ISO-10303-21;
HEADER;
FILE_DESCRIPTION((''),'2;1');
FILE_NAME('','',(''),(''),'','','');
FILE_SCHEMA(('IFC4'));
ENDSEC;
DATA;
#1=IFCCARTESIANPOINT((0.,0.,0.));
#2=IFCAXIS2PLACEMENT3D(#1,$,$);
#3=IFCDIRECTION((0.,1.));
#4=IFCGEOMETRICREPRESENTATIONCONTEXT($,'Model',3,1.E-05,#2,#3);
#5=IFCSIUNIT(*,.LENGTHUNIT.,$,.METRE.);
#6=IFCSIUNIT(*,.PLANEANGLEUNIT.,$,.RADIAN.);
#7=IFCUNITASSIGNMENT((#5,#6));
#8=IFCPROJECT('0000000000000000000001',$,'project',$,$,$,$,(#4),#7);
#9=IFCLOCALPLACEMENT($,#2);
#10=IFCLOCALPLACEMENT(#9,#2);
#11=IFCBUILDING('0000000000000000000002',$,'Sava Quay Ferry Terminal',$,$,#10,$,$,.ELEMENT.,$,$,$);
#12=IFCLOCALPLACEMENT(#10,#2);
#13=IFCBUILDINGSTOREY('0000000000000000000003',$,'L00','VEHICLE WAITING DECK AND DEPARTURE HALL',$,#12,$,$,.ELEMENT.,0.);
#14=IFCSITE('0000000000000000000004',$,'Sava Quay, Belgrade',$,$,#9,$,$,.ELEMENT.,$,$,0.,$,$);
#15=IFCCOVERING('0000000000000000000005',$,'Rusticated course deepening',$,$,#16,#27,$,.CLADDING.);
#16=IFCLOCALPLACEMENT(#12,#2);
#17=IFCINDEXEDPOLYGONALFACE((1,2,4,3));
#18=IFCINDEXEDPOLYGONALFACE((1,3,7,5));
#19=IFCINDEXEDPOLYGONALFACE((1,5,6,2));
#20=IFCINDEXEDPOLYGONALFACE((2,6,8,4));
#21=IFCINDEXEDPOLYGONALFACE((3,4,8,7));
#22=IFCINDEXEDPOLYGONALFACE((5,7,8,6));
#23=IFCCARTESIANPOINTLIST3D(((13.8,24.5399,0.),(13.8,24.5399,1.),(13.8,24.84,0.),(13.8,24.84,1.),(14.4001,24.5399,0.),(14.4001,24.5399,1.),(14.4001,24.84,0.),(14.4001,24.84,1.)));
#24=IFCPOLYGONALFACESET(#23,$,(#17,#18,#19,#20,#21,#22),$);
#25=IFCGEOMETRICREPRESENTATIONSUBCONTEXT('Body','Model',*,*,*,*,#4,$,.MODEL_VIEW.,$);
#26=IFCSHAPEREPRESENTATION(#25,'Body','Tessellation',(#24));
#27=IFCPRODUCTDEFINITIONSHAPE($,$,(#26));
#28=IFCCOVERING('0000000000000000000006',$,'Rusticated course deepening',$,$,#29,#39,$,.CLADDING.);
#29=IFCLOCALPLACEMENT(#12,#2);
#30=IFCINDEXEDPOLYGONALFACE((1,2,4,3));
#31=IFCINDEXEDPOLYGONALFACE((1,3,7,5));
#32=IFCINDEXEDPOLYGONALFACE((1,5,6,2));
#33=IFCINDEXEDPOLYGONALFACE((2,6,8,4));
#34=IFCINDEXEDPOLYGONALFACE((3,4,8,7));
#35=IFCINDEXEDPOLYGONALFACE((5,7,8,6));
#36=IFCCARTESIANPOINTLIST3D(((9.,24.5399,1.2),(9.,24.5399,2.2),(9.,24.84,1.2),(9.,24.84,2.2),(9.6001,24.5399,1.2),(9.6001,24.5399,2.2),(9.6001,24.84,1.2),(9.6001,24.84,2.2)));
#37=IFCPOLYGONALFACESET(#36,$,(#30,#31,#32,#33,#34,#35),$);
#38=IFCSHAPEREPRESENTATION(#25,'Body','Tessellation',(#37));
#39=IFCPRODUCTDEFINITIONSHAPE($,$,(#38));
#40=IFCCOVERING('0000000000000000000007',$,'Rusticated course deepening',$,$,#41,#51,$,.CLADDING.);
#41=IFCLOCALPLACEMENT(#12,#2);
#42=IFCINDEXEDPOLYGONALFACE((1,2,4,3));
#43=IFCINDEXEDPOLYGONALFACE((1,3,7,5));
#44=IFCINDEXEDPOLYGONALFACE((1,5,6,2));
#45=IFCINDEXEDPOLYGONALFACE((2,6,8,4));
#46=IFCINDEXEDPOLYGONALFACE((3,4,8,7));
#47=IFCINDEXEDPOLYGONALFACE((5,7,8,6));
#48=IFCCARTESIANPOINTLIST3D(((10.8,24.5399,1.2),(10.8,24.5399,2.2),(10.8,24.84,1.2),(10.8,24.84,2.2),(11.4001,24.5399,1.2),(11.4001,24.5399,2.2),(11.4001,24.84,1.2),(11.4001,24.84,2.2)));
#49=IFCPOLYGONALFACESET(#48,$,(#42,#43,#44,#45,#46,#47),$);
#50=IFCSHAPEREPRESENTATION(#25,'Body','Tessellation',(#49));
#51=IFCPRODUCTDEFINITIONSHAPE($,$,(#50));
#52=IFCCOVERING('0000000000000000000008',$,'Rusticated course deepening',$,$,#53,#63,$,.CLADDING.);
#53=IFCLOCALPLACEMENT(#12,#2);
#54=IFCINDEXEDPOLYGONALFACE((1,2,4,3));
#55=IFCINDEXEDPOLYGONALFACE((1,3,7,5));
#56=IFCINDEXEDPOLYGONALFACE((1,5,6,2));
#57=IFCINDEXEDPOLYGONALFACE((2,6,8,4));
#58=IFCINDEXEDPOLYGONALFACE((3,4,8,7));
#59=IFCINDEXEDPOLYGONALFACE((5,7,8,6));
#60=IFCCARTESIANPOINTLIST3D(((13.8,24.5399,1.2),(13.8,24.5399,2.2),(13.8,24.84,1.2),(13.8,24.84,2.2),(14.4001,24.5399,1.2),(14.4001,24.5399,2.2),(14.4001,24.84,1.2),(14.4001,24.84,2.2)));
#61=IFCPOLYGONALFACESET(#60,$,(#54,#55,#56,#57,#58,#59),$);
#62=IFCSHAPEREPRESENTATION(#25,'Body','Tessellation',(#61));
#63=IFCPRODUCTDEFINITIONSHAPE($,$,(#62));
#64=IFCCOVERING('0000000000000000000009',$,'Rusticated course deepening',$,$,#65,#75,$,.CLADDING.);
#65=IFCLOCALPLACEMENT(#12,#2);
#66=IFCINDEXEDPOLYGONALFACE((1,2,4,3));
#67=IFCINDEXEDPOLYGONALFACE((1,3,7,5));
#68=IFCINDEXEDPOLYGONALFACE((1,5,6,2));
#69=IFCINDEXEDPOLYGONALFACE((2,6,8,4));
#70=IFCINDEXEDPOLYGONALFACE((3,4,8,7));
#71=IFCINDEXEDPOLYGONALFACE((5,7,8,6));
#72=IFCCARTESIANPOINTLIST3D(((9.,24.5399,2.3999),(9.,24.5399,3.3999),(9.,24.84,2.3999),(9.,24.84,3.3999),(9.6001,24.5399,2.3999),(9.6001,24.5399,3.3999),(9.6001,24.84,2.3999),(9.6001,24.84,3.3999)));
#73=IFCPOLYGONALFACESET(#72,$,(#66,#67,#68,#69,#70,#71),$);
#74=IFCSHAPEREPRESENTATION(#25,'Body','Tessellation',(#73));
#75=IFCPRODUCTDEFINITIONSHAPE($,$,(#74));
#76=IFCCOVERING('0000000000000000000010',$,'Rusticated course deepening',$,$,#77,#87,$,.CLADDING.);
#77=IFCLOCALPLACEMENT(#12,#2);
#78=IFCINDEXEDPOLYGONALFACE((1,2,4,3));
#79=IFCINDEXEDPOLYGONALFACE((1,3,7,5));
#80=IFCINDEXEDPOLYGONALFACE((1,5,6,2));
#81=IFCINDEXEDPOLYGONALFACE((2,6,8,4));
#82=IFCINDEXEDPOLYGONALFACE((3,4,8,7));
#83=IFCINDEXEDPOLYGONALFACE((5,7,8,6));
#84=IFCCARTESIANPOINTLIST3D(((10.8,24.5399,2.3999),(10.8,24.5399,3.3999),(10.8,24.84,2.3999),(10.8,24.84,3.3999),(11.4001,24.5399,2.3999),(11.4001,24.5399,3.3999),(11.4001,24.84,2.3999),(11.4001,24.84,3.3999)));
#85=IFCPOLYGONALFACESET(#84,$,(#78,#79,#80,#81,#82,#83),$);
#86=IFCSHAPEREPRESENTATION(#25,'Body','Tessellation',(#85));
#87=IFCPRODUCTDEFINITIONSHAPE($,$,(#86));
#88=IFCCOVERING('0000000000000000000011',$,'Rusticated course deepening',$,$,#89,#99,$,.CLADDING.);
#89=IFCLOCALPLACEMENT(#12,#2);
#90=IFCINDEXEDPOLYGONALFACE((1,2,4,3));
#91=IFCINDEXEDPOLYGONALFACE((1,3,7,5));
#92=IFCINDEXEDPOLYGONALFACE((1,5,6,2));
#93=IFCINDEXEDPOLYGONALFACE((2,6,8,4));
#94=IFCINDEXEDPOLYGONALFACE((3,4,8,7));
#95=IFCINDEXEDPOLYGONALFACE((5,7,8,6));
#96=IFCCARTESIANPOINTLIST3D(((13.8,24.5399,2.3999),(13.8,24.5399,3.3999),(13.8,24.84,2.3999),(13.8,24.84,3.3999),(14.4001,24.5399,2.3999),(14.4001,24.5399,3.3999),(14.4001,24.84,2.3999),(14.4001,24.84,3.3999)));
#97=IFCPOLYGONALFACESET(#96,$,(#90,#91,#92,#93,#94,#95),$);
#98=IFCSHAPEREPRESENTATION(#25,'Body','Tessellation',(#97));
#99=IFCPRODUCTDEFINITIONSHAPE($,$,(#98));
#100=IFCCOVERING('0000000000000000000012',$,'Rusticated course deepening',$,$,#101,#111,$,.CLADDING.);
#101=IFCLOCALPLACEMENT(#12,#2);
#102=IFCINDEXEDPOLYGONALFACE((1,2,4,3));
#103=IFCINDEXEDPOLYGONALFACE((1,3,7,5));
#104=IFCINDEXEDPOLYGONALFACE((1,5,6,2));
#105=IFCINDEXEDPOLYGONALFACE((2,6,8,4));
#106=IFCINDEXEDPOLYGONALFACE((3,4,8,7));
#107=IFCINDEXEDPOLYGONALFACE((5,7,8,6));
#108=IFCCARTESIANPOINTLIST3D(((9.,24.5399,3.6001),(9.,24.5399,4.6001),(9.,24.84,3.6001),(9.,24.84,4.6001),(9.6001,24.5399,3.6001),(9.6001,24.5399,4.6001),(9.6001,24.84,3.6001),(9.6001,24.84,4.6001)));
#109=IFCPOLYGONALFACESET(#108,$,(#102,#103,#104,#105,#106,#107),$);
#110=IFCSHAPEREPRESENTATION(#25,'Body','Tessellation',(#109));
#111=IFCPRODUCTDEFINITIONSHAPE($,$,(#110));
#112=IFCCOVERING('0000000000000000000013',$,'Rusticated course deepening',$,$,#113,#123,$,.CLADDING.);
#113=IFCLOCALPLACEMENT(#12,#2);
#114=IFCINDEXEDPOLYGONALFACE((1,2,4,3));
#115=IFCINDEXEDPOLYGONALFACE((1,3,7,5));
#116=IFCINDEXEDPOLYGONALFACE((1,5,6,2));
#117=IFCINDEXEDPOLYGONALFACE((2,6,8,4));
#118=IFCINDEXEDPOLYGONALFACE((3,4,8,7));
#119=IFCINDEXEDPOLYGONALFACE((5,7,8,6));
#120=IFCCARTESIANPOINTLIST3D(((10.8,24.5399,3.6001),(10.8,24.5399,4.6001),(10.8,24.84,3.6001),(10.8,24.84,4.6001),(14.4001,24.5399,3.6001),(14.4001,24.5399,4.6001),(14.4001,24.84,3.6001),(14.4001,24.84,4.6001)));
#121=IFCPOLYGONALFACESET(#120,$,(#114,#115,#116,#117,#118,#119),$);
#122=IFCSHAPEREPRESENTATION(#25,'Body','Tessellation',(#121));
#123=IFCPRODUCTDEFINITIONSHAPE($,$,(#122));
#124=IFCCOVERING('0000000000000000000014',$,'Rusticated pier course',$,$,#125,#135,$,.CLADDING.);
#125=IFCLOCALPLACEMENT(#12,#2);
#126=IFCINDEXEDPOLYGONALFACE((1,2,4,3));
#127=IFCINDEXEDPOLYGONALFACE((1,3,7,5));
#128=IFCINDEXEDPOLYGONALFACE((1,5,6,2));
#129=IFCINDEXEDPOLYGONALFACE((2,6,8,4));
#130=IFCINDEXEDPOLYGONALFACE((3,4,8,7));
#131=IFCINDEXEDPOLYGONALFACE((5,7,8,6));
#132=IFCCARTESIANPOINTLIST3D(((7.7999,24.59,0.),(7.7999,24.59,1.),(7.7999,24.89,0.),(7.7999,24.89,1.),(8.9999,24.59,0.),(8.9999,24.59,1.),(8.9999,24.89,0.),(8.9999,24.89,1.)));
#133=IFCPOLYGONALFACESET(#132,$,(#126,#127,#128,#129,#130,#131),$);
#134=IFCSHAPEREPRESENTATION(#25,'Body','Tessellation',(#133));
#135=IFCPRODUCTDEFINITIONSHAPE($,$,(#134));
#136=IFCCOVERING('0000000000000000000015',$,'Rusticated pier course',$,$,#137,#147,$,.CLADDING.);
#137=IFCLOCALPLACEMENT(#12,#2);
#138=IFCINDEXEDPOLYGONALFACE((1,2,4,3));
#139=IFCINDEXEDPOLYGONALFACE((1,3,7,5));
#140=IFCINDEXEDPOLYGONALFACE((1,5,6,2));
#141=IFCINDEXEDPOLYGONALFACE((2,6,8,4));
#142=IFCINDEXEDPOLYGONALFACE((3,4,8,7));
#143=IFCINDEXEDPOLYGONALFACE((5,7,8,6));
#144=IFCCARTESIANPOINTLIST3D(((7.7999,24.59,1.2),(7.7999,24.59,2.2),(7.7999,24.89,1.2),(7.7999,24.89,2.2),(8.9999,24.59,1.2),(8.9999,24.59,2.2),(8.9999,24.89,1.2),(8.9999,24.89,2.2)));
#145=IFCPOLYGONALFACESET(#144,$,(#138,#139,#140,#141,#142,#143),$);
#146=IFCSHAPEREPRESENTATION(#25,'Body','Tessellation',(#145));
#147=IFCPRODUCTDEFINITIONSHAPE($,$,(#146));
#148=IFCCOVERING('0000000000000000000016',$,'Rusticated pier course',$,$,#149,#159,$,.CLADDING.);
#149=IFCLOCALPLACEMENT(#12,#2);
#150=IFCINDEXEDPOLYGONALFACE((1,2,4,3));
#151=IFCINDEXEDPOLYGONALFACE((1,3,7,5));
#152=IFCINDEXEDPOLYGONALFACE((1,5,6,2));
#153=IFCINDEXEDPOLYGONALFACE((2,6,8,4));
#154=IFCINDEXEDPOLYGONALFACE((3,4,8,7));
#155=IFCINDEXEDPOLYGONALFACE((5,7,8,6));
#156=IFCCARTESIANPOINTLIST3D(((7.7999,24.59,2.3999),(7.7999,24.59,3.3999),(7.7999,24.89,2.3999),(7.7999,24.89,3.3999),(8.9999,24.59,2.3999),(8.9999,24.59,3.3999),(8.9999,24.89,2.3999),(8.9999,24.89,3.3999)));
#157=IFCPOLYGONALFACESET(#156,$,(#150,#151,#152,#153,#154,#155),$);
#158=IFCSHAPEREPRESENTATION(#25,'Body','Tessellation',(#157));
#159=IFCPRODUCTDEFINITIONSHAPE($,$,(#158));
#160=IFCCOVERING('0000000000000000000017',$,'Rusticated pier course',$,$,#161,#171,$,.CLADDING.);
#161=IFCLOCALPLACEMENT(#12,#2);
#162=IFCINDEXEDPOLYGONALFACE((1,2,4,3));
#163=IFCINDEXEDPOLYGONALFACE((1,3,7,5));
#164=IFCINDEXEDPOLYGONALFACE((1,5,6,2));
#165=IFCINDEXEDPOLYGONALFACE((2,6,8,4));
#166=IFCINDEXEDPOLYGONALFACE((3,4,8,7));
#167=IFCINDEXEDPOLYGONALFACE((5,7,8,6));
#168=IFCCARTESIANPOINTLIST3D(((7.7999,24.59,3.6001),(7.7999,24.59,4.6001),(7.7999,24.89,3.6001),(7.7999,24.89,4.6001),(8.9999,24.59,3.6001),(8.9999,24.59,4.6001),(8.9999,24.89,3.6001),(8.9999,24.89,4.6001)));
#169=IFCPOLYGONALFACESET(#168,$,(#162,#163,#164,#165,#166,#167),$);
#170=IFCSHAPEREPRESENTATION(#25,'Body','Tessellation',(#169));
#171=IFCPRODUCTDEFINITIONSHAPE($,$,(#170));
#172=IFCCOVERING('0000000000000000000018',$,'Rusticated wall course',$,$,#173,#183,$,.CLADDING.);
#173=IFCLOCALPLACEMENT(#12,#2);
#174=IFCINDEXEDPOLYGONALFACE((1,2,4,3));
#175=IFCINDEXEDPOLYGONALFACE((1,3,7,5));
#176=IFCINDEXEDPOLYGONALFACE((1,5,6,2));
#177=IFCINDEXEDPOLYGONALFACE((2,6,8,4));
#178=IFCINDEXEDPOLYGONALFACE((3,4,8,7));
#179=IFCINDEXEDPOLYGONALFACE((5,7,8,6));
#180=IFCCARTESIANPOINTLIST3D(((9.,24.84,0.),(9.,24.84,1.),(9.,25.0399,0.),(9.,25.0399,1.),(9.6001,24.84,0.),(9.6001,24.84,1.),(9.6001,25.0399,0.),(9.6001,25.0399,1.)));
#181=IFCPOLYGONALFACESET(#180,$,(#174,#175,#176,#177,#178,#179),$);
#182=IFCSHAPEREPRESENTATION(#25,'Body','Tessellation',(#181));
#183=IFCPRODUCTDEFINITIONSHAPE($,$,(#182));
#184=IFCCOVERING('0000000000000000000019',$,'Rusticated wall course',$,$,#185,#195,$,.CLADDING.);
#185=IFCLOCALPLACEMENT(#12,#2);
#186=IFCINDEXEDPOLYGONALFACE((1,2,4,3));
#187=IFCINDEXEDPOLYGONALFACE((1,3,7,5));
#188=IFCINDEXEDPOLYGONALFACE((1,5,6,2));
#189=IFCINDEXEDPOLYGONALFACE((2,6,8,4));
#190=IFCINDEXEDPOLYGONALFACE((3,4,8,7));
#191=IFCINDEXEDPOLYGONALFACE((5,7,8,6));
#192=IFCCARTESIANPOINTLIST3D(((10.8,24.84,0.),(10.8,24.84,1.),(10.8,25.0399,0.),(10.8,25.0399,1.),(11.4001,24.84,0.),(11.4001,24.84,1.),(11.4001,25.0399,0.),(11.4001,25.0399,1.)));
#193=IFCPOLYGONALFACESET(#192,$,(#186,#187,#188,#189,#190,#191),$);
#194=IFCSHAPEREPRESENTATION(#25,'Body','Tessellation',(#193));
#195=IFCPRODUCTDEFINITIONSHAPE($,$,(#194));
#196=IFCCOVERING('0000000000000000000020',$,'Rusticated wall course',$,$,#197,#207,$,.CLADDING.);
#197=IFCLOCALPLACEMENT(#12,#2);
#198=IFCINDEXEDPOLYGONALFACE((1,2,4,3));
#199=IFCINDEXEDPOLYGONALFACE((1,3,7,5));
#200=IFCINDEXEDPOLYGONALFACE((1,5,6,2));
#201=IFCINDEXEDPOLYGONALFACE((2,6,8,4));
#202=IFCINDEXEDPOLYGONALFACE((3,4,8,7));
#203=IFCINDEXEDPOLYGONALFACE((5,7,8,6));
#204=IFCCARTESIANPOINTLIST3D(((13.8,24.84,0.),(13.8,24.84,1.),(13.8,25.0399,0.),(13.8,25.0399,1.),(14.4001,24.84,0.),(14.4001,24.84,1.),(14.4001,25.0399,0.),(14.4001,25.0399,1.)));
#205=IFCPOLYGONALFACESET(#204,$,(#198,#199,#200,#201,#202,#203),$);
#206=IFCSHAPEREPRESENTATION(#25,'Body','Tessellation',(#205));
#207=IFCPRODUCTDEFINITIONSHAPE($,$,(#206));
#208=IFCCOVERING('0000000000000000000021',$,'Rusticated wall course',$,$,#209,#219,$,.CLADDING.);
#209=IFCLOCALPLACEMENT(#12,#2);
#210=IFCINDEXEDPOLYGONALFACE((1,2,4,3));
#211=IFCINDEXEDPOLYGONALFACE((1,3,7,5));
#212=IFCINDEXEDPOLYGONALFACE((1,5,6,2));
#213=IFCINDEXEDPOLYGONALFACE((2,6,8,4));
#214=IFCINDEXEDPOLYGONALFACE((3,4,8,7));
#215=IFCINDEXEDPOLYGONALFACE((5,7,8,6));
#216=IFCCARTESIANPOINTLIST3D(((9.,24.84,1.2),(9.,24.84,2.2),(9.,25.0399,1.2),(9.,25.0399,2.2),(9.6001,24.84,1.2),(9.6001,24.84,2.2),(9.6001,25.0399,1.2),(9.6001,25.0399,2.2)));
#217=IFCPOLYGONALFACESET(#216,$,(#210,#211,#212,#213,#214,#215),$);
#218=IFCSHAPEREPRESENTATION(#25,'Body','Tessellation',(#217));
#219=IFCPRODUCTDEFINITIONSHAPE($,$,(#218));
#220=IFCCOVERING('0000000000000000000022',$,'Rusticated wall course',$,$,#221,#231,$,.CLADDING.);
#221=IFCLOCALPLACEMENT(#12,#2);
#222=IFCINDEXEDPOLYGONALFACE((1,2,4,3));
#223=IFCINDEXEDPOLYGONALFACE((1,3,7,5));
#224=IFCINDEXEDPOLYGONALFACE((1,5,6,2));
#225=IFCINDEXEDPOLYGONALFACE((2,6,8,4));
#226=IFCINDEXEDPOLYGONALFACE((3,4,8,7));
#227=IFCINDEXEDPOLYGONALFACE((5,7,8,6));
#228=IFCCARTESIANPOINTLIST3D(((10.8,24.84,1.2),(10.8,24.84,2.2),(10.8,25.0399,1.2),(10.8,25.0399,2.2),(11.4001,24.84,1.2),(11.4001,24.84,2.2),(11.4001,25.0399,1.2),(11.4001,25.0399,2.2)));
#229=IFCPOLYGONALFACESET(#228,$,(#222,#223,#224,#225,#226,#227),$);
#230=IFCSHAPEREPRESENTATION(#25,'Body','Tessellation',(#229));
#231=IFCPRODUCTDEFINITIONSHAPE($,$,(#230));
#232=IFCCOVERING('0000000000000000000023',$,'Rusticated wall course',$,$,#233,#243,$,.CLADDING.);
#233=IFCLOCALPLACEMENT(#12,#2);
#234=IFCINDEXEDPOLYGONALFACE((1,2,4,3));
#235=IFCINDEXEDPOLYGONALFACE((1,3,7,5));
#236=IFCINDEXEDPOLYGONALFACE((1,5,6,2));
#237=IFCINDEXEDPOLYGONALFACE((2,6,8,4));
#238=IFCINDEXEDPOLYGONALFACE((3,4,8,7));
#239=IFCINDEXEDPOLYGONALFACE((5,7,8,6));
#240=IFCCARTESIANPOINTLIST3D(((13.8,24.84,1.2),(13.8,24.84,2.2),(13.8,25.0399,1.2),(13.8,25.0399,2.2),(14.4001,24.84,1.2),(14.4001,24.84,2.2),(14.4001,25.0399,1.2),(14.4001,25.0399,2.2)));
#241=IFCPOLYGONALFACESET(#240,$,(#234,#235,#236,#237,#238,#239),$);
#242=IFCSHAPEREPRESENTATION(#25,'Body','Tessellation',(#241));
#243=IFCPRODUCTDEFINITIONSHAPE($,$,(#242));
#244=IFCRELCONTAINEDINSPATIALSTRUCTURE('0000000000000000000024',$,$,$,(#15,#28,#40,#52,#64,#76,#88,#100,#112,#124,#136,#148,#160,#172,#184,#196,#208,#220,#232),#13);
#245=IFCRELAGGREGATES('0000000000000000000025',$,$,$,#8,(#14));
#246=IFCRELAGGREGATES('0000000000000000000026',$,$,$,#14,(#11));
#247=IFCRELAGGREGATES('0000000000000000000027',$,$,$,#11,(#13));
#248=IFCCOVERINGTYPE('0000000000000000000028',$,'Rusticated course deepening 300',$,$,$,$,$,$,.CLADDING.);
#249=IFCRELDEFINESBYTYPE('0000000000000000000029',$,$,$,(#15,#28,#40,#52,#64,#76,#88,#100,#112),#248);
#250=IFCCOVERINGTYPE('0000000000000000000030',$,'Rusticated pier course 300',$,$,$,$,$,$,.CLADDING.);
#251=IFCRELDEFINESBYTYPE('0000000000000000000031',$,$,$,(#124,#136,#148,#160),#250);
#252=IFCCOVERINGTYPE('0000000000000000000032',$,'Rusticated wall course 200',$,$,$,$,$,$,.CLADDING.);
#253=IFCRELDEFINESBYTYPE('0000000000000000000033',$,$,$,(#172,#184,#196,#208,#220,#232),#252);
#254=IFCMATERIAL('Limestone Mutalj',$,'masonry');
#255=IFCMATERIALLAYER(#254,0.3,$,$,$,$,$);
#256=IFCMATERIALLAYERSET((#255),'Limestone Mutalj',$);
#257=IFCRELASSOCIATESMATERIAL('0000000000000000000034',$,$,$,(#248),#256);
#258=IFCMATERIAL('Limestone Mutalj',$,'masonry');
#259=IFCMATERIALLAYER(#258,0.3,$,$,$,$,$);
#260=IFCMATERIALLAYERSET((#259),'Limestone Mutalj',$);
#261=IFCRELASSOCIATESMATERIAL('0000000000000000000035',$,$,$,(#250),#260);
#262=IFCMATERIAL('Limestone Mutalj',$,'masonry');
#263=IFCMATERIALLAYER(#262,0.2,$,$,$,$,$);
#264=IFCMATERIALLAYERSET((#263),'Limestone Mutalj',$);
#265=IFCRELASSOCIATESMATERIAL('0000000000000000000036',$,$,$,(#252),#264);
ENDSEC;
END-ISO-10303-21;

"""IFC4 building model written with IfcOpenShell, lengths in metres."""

from ifc_helpers import new_model, si_unit, direction, frame, origin, origin_2d, place, context, subcontext, project, spatial, rectangle, extrude, material, layer, layer_set, type_object, element, save


model = new_model("IFC4")

# Units and contexts
model_context = context("Model", 3, precision=1e-05, world=origin(), true_north=direction((0.0, 1.0)))
body_context = subcontext(model_context, "Body", "Model", "MODEL_VIEW")
ifc_project = project(units=[si_unit("LENGTHUNIT", "METRE"), si_unit("PLANEANGLEUNIT", "RADIAN")], contexts=[model_context])

# Site, building, storey
site_placement = place(None, origin())
site = spatial("IfcSite", under=ifc_project, at=site_placement, Name="Sava Quay, Belgrade", CompositionType="ELEMENT", RefElevation=0.0)
building_placement = place(site_placement, origin())
building = spatial("IfcBuilding", under=site, at=building_placement, Name="Sava Quay Ferry Terminal", CompositionType="ELEMENT")
storey_placement = place(building_placement, origin())
storey = spatial("IfcBuildingStorey", under=building, at=storey_placement, Name="L00", Description="VEHICLE WAITING DECK AND DEPARTURE HALL", CompositionType="ELEMENT", Elevation=0.0)

# Coverings
ifc_material_1 = material(Name="Limestone Mutalj", Category="masonry")
ifc_layer_1 = layer(ifc_material_1, 0.3)
ifc_layer_set_1 = layer_set([ifc_layer_1], Name="Limestone Mutalj")
covering_type_1 = type_object("IfcCoveringType", Name="Rusticated course deepening 300", PredefinedType="CLADDING", material=ifc_layer_set_1)
for number, where, z_axis, x_axis, name in (
    (1, (14.1001, 24.6899, 0.0), (0.0, 0.0, 1.0), (1.0, 0.0, 0.0), "Rusticated course deepening"),
    (2, (9.3, 24.6899, 1.2), (0.0, 0.0, 1.0), (1.0, 0.0, 0.0), "Rusticated course deepening"),
    (3, (11.1001, 24.6899, 1.2), (0.0, 0.0, 1.0), (1.0, 0.0, 0.0), "Rusticated course deepening"),
    (4, (14.1001, 24.6899, 1.2), (0.0, 0.0, 1.0), (1.0, 0.0, 0.0), "Rusticated course deepening"),
    (5, (9.3, 24.6899, 2.3999), (0.0, 0.0, 1.0), (1.0, 0.0, 0.0), "Rusticated course deepening"),
    (6, (11.1001, 24.6899, 2.3999), (0.0, 0.0, 1.0), (1.0, 0.0, 0.0), "Rusticated course deepening"),
    (7, (14.1001, 24.6899, 2.3999), (0.0, 0.0, 1.0), (1.0, 0.0, 0.0), "Rusticated course deepening"),
    (8, (9.3, 24.6899, 3.6001), (0.0, 0.0, 1.0), (1.0, 0.0, 0.0), "Rusticated course deepening"),
):
    element("IfcCovering", number, at=place(storey_placement, frame(where, z_axis=z_axis, x_axis=x_axis)), inside=storey, type_object=covering_type_1, Name=name, PredefinedType="CLADDING", context=body_context, shape_type="SweptSolid", body=[
        extrude(rectangle(XDim=0.6001, YDim=0.3, at=origin_2d()), origin(), (0.0, 0.0, 1.0), 1.0),
    ])
covering_1_placement = place(storey_placement, frame((12.6001, 24.6899, 3.6001), z_axis=(0.0, 0.0, 1.0), x_axis=(1.0, 0.0, 0.0)))
element("IfcCovering", 9, at=covering_1_placement, inside=storey, type_object=covering_type_1, Name="Rusticated course deepening", PredefinedType="CLADDING", context=body_context, shape_type="SweptSolid", body=[
    extrude(rectangle(XDim=3.6001, YDim=0.3, at=origin_2d()), origin(), (0.0, 0.0, 1.0), 1.0),
])
ifc_material_2 = material(Name="Limestone Mutalj", Category="masonry")
ifc_layer_2 = layer(ifc_material_2, 0.3)
ifc_layer_set_2 = layer_set([ifc_layer_2], Name="Limestone Mutalj")
covering_type_2 = type_object("IfcCoveringType", Name="Rusticated pier course 300", PredefinedType="CLADDING", material=ifc_layer_set_2)
for number, where, z_axis, x_axis, name in (
    (10, (8.3999, 24.74, 0.0), (0.0, 0.0, 1.0), (1.0, 0.0, 0.0), "Rusticated pier course"),
    (11, (8.3999, 24.74, 1.2), (0.0, 0.0, 1.0), (1.0, 0.0, 0.0), "Rusticated pier course"),
    (12, (8.3999, 24.74, 2.3999), (0.0, 0.0, 1.0), (1.0, 0.0, 0.0), "Rusticated pier course"),
    (13, (8.3999, 24.74, 3.6001), (0.0, 0.0, 1.0), (1.0, 0.0, 0.0), "Rusticated pier course"),
):
    element("IfcCovering", number, at=place(storey_placement, frame(where, z_axis=z_axis, x_axis=x_axis)), inside=storey, type_object=covering_type_2, Name=name, PredefinedType="CLADDING", context=body_context, shape_type="SweptSolid", body=[
        extrude(rectangle(XDim=1.2, YDim=0.3, at=origin_2d()), origin(), (0.0, 0.0, 1.0), 1.0),
    ])
ifc_material_3 = material(Name="Limestone Mutalj", Category="masonry")
ifc_layer_3 = layer(ifc_material_3, 0.2)
ifc_layer_set_3 = layer_set([ifc_layer_3], Name="Limestone Mutalj")
covering_type_3 = type_object("IfcCoveringType", Name="Rusticated wall course 200", PredefinedType="CLADDING", material=ifc_layer_set_3)
for number, where, z_axis, x_axis, name in (
    (14, (9.3, 24.9399, 0.0), (0.0, 0.0, 1.0), (1.0, 0.0, 0.0), "Rusticated wall course"),
    (15, (11.1001, 24.9399, 0.0), (0.0, 0.0, 1.0), (1.0, 0.0, 0.0), "Rusticated wall course"),
    (16, (14.1001, 24.9399, 0.0), (0.0, 0.0, 1.0), (1.0, 0.0, 0.0), "Rusticated wall course"),
    (17, (9.3, 24.9399, 1.2), (0.0, 0.0, 1.0), (1.0, 0.0, 0.0), "Rusticated wall course"),
    (18, (11.1001, 24.9399, 1.2), (0.0, 0.0, 1.0), (1.0, 0.0, 0.0), "Rusticated wall course"),
    (19, (14.1001, 24.9399, 1.2), (0.0, 0.0, 1.0), (1.0, 0.0, 0.0), "Rusticated wall course"),
):
    element("IfcCovering", number, at=place(storey_placement, frame(where, z_axis=z_axis, x_axis=x_axis)), inside=storey, type_object=covering_type_3, Name=name, PredefinedType="CLADDING", context=body_context, shape_type="SweptSolid", body=[
        extrude(rectangle(XDim=0.6001, YDim=0.2, at=origin_2d()), origin(), (0.0, 0.0, 1.0), 1.0),
    ])

save(model, "model.ifc")
